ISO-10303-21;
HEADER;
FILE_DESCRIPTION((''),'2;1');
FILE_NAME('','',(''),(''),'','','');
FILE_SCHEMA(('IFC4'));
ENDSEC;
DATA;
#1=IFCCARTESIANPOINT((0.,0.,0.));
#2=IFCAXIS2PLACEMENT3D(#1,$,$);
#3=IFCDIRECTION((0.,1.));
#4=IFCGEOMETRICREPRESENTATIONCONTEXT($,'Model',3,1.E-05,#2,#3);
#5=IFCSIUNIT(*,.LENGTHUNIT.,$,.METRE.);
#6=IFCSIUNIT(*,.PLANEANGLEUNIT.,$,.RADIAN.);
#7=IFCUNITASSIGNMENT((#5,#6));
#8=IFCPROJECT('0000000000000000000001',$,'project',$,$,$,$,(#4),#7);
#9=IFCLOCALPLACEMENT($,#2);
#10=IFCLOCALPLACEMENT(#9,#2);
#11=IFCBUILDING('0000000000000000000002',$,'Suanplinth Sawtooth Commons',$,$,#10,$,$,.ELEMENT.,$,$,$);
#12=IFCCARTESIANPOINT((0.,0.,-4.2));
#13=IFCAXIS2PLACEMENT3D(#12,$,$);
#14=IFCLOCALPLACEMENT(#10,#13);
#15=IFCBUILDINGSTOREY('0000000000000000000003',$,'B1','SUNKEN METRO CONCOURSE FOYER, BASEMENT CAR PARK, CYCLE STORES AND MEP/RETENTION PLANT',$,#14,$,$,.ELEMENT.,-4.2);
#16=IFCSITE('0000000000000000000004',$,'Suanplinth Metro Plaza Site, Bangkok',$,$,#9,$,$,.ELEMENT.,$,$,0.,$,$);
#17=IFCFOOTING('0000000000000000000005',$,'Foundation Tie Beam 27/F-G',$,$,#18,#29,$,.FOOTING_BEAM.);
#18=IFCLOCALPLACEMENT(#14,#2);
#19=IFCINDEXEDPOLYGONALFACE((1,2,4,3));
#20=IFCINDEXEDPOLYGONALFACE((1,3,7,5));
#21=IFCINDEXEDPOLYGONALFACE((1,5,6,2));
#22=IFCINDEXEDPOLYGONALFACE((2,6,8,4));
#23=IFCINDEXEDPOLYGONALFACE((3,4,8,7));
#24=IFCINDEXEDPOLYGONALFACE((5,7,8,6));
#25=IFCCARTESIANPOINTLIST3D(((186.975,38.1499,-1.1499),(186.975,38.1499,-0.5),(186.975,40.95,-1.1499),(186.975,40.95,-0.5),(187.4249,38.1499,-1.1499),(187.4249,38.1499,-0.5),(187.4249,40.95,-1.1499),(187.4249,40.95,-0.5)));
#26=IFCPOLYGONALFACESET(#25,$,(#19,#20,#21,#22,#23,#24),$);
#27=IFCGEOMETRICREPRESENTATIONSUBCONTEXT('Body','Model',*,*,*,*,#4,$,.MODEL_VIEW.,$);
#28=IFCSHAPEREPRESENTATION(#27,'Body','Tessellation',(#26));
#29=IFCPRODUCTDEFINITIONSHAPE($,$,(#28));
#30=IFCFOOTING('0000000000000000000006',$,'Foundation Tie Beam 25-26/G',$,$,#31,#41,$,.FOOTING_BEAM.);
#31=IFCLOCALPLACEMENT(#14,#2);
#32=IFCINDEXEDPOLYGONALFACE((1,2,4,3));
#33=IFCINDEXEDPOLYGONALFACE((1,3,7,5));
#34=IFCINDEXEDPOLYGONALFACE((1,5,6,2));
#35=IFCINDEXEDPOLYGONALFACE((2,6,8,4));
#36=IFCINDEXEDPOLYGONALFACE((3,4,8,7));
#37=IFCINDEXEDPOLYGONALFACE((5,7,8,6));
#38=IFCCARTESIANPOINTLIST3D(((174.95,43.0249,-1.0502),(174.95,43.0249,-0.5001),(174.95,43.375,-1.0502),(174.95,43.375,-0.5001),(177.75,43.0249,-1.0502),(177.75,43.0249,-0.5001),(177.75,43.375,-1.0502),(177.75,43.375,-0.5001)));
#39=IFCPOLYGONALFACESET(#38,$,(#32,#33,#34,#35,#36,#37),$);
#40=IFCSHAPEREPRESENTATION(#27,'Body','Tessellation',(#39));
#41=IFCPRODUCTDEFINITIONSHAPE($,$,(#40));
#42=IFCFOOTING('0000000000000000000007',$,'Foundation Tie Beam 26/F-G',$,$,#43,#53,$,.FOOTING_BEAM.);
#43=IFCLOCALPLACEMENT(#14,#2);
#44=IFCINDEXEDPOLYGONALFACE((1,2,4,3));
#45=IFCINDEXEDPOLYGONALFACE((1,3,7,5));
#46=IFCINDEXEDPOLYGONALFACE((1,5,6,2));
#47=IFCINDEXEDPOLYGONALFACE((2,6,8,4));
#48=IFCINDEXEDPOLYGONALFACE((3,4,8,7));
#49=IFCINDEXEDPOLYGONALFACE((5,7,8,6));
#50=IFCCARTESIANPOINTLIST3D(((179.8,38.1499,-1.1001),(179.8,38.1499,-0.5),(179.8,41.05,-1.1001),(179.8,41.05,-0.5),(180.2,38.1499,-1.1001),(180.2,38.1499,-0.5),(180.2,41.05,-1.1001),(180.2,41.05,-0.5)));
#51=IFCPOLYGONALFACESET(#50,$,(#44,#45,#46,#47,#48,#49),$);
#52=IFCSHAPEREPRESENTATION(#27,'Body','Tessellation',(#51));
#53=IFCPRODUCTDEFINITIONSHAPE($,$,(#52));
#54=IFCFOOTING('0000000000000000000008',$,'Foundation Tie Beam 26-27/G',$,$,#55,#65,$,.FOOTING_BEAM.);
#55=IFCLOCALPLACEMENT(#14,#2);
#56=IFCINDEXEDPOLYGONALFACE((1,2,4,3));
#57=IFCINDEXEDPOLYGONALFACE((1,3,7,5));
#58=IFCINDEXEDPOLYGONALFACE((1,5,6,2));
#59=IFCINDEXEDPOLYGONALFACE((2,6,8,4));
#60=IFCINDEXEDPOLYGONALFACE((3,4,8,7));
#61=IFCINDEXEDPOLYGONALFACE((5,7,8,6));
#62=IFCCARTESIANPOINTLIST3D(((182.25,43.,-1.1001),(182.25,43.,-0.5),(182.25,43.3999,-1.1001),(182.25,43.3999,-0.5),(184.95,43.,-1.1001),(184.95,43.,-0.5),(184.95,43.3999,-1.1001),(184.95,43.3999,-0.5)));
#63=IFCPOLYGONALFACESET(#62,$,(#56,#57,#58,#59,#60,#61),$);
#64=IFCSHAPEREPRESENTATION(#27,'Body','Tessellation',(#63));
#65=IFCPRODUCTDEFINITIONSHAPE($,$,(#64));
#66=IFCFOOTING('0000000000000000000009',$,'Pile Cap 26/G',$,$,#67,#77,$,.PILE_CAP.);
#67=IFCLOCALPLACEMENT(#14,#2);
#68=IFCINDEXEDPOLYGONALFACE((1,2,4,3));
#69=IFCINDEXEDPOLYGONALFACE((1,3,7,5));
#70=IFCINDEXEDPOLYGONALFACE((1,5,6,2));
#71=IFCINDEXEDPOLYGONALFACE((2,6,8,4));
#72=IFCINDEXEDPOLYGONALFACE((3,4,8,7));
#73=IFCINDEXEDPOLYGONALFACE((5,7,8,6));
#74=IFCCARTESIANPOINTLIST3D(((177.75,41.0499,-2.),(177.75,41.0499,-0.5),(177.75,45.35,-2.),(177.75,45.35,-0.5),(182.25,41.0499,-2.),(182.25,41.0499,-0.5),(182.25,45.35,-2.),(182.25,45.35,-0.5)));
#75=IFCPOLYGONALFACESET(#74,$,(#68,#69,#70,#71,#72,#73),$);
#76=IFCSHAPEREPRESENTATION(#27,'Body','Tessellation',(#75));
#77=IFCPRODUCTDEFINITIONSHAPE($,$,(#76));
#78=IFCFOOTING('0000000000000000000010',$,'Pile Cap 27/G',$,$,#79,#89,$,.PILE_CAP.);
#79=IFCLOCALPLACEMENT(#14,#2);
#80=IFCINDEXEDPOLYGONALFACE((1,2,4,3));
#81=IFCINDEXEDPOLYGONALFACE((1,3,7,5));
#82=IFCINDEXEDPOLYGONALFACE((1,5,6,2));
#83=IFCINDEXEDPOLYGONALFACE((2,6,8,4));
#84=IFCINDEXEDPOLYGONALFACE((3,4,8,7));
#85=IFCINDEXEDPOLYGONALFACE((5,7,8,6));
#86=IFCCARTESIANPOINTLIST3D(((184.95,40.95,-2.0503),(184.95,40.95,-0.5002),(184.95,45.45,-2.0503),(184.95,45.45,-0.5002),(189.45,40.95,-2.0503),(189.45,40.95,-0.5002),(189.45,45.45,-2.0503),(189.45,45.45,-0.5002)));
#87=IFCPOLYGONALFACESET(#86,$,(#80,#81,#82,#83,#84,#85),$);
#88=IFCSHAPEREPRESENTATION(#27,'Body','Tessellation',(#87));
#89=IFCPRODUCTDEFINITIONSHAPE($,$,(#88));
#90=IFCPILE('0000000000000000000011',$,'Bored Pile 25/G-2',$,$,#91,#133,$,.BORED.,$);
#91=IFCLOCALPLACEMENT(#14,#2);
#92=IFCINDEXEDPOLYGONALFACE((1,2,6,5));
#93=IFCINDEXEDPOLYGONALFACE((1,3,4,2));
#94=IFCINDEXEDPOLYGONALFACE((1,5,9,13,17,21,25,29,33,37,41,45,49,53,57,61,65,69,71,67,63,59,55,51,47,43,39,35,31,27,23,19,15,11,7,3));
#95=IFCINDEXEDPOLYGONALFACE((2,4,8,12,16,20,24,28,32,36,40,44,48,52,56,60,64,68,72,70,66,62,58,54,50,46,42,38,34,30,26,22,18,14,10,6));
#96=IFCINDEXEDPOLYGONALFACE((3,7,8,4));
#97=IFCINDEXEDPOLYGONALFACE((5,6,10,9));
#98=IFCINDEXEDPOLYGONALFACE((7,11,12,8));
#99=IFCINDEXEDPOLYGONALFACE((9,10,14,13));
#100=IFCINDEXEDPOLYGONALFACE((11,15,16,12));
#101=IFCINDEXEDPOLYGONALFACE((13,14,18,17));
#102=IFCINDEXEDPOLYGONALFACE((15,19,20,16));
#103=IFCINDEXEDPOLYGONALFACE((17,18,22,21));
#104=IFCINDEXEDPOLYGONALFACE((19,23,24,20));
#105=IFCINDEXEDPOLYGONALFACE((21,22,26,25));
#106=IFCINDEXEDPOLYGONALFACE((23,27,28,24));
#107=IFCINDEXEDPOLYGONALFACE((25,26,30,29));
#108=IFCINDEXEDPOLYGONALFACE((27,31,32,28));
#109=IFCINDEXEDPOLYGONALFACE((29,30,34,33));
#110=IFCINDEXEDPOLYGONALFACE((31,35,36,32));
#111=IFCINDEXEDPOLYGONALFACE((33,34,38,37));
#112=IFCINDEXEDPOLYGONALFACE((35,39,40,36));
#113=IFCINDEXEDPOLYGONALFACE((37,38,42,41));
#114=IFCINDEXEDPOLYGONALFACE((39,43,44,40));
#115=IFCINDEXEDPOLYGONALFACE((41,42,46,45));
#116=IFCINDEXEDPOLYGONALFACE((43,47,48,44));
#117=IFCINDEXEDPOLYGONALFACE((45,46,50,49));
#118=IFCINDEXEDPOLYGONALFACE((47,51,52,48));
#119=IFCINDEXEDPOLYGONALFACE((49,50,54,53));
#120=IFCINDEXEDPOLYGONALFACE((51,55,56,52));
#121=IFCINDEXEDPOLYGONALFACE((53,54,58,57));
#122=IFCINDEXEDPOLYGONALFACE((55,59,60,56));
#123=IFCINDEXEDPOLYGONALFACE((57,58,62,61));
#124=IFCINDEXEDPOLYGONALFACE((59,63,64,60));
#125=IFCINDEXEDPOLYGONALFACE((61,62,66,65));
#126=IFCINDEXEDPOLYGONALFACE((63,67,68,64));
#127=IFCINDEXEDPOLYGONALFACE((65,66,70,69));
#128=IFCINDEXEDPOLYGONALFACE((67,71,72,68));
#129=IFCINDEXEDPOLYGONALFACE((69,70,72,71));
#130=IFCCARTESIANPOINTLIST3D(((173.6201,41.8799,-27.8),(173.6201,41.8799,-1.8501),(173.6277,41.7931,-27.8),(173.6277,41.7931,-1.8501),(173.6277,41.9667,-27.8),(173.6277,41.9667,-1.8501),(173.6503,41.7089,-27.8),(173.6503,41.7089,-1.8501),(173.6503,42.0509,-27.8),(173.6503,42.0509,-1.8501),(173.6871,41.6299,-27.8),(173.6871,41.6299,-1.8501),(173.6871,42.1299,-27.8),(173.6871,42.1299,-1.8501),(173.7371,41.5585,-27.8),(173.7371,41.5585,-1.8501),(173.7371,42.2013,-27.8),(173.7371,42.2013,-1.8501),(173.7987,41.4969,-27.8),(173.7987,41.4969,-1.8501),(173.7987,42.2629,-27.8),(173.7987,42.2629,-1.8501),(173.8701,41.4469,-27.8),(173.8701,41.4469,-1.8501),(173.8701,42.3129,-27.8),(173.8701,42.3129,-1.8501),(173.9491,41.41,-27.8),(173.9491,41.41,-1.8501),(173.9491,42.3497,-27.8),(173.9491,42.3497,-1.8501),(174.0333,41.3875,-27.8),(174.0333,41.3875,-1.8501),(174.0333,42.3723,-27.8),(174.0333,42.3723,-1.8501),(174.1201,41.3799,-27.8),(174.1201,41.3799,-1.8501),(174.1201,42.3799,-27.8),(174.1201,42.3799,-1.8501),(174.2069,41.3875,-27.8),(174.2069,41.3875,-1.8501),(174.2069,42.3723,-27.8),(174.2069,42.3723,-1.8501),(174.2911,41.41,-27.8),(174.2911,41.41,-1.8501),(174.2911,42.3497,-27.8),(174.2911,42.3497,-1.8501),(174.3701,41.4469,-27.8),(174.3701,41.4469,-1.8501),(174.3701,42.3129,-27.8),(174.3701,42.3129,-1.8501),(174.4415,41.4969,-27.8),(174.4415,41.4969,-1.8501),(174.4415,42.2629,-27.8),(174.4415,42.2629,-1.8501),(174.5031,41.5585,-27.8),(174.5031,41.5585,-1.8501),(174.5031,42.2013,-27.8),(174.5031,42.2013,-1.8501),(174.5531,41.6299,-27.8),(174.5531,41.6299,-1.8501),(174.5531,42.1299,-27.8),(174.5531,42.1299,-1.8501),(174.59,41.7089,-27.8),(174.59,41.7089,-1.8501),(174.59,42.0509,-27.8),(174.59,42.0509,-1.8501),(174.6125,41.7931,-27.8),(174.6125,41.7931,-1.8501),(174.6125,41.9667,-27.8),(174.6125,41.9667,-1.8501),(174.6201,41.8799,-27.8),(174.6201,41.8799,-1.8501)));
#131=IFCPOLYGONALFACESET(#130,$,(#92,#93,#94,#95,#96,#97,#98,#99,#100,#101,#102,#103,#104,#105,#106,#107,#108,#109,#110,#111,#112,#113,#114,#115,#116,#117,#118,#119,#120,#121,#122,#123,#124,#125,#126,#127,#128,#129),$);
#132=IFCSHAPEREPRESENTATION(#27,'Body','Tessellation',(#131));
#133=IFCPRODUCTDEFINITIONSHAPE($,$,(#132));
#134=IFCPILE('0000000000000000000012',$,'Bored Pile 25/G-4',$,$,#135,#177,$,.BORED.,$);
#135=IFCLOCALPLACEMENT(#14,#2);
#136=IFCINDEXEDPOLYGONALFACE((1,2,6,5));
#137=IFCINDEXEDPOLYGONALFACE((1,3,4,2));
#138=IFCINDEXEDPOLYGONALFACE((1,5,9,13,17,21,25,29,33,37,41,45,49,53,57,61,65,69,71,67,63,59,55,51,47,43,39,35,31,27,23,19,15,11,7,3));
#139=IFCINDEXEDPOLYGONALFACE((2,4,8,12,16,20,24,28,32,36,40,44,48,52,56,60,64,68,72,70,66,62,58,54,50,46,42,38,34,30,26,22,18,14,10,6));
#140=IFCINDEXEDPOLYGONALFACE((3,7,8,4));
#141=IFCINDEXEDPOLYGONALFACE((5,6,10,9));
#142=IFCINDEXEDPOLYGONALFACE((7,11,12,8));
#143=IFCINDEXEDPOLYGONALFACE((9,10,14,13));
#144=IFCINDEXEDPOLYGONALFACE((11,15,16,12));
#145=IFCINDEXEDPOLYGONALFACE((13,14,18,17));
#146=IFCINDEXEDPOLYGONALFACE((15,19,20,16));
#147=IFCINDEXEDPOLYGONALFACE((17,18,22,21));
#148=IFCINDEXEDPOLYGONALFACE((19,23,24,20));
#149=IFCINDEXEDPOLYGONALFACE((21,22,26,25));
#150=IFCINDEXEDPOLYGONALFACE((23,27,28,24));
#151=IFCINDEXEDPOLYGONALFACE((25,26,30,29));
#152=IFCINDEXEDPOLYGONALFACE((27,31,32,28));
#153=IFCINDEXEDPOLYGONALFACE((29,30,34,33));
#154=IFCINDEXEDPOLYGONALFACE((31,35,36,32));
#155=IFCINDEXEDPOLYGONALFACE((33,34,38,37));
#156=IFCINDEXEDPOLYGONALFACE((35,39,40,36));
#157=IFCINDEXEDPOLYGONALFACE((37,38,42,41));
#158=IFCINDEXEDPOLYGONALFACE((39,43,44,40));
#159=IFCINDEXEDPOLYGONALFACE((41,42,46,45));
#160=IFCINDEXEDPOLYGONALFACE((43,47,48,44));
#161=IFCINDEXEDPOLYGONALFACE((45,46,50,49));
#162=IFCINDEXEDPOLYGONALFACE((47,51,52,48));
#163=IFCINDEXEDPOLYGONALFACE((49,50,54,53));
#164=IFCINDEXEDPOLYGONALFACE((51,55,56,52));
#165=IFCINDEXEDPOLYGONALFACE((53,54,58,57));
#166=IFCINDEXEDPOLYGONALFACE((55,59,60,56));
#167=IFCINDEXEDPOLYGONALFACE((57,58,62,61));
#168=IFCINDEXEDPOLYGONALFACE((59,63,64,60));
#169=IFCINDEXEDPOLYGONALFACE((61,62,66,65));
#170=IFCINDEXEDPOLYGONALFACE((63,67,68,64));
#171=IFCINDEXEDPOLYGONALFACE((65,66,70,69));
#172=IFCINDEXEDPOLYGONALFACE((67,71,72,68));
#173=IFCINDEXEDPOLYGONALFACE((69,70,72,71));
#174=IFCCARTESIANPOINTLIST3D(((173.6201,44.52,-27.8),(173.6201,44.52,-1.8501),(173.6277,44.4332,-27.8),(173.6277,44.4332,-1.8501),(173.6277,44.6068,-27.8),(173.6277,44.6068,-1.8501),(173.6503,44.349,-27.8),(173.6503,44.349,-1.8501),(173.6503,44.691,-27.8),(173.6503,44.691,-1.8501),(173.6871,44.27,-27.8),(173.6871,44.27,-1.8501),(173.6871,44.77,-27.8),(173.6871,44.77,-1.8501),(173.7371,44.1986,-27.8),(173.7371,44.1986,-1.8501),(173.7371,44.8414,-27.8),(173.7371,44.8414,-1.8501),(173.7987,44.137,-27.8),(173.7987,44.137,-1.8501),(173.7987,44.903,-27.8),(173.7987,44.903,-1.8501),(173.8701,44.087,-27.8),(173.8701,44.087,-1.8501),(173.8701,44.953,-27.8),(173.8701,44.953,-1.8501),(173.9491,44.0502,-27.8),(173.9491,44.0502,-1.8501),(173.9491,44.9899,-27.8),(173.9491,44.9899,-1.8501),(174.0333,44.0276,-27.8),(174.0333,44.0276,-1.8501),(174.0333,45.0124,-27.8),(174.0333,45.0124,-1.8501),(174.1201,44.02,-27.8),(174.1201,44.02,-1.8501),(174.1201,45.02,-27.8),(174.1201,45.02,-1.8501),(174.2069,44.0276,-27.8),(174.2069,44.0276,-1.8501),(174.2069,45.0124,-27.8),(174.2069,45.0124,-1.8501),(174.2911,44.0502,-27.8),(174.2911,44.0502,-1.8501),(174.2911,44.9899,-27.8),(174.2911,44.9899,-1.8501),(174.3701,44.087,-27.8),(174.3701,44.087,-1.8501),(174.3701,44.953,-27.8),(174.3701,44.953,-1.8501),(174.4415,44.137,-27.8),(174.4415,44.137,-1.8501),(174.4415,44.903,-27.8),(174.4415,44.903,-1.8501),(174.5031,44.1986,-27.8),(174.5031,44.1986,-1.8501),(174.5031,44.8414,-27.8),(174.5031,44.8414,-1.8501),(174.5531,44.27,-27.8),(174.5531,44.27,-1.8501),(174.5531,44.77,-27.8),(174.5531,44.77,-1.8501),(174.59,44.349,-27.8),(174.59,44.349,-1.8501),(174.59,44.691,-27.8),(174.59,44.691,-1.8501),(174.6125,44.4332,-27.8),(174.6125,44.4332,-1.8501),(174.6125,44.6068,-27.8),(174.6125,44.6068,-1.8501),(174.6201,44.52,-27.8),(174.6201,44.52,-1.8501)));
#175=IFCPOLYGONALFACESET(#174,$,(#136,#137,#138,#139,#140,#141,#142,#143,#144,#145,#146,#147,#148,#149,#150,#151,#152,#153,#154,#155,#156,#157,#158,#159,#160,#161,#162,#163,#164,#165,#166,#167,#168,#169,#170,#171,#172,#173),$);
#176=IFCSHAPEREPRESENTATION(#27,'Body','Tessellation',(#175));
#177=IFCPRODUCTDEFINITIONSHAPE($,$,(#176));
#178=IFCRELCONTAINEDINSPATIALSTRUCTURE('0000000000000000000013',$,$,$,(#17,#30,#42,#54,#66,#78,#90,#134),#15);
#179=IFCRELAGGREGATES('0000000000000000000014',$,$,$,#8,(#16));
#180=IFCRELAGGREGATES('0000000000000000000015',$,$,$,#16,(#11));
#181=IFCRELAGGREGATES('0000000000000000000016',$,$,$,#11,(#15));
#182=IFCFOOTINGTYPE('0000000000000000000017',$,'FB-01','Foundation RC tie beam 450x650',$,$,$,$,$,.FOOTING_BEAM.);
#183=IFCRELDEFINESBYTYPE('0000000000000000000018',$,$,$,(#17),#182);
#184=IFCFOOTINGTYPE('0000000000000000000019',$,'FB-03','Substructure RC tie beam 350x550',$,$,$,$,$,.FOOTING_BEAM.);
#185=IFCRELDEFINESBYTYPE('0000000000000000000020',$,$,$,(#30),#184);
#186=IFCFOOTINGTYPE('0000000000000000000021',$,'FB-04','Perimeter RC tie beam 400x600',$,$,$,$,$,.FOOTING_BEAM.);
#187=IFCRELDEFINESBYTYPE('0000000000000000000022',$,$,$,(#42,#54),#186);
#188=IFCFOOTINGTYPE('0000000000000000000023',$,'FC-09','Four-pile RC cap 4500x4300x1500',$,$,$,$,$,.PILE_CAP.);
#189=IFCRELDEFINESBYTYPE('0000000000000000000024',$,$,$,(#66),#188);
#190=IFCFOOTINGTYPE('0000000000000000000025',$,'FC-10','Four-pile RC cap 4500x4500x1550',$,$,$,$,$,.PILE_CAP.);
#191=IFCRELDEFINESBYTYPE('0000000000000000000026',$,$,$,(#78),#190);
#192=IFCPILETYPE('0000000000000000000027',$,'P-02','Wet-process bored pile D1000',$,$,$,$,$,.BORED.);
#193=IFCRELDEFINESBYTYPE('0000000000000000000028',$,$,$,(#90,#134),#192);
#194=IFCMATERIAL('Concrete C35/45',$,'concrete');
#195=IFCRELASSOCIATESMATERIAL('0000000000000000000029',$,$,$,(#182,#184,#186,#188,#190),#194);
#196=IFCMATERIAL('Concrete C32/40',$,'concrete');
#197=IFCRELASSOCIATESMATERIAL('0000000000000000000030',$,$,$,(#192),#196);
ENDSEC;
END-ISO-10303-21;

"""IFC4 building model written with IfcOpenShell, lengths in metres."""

from ifc_helpers import new_model, si_unit, direction, frame, origin, origin_2d, place, context, subcontext, project, spatial, rectangle, circle, extrude, material, material_profile, profile_set, type_object, element, save


model = new_model("IFC4")

# Units and contexts
model_context = context("Model", 3, precision=1e-05, world=origin(), true_north=direction((0.0, 1.0)))
body_context = subcontext(model_context, "Body", "Model", "MODEL_VIEW")
ifc_project = project(units=[si_unit("LENGTHUNIT", "METRE"), si_unit("PLANEANGLEUNIT", "RADIAN")], contexts=[model_context])

# Site, building, storey
site_placement = place(None, origin())
site = spatial("IfcSite", under=ifc_project, at=site_placement, Name="Suanplinth Metro Plaza Site, Bangkok", CompositionType="ELEMENT", RefElevation=0.0)
building_placement = place(site_placement, origin())
building = spatial("IfcBuilding", under=site, at=building_placement, Name="Suanplinth Sawtooth Commons", CompositionType="ELEMENT")
storey_placement = place(building_placement, frame((0.0, 0.0, -4.2)))
storey = spatial("IfcBuildingStorey", under=building, at=storey_placement, Name="B1", Description="SUNKEN METRO CONCOURSE FOYER, BASEMENT CAR PARK, CYCLE STORES AND MEP/RETENTION PLANT", CompositionType="ELEMENT", Elevation=-4.2)

# Footings
ifc_material_1 = material(Name="Concrete C35/45", Category="concrete")
ifc_material_profile_1 = material_profile(ifc_material_1, rectangle(XDim=0.45, YDim=0.6499, at=origin_2d()), Name="PC-GDR 450x650")
ifc_profile_set_1 = profile_set([ifc_material_profile_1], Name="Concrete C35/45")
footing_type_1 = type_object("IfcFootingType", Name="FB-01", Description="Foundation RC tie beam 450x650", PredefinedType="FOOTING_BEAM", material=ifc_profile_set_1)
footing_1_placement = place(storey_placement, frame((187.2, 38.1499, -0.825), z_axis=(0.0, 1.0, 0.0), x_axis=(-1.0, 0.0, 0.0)))
element("IfcFooting", 1, at=footing_1_placement, inside=storey, type_object=footing_type_1, Name="Foundation Tie Beam 27/F-G", PredefinedType="FOOTING_BEAM", context=body_context, shape_type="SweptSolid", body=[
    extrude(rectangle(XDim=0.45, YDim=0.6499, at=origin_2d()), origin(), (0.0, 0.0, 1.0), 2.8),
])
ifc_material_profile_2 = material_profile(ifc_material_1, rectangle(XDim=0.3501, YDim=0.55, at=origin_2d()), Name="PC-BM 350x550")
ifc_profile_set_2 = profile_set([ifc_material_profile_2], Name="Concrete C35/45")
footing_type_2 = type_object("IfcFootingType", Name="FB-03", Description="Substructure RC tie beam 350x550", PredefinedType="FOOTING_BEAM", material=ifc_profile_set_2)
footing_2_placement = place(storey_placement, frame((174.95, 43.2, -0.7751), z_axis=(1.0, 0.0, 0.0), x_axis=(0.0, 1.0, 0.0)))
element("IfcFooting", 2, at=footing_2_placement, inside=storey, type_object=footing_type_2, Name="Foundation Tie Beam 25-26/G", PredefinedType="FOOTING_BEAM", context=body_context, shape_type="SweptSolid", body=[
    extrude(rectangle(XDim=0.3501, YDim=0.55, at=origin_2d()), origin(), (0.0, 0.0, 1.0), 2.8),
])
ifc_material_profile_3 = material_profile(ifc_material_1, rectangle(XDim=0.3999, YDim=0.6001, at=origin_2d()), Name="PC-GDR 400x600")
ifc_profile_set_3 = profile_set([ifc_material_profile_3], Name="Concrete C35/45")
footing_type_3 = type_object("IfcFootingType", Name="FB-04", Description="Perimeter RC tie beam 400x600", PredefinedType="FOOTING_BEAM", material=ifc_profile_set_3)
footing_3_placement = place(storey_placement, frame((180.0, 38.1499, -0.8), z_axis=(0.0, 1.0, 0.0), x_axis=(-1.0, 0.0, 0.0)))
element("IfcFooting", 3, at=footing_3_placement, inside=storey, type_object=footing_type_3, Name="Foundation Tie Beam 26/F-G", PredefinedType="FOOTING_BEAM", context=body_context, shape_type="SweptSolid", body=[
    extrude(rectangle(XDim=0.3999, YDim=0.6001, at=origin_2d()), origin(), (0.0, 0.0, 1.0), 2.9001),
])
footing_4_placement = place(storey_placement, frame((182.25, 43.2, -0.8), z_axis=(1.0, 0.0, 0.0), x_axis=(0.0, 1.0, 0.0)))
element("IfcFooting", 4, at=footing_4_placement, inside=storey, type_object=footing_type_3, Name="Foundation Tie Beam 26-27/G", PredefinedType="FOOTING_BEAM", context=body_context, shape_type="SweptSolid", body=[
    extrude(rectangle(XDim=0.3999, YDim=0.6001, at=origin_2d()), origin(), (0.0, 0.0, 1.0), 2.7),
])
footing_type_4 = type_object("IfcFootingType", Name="FC-09", Description="Four-pile RC cap 4500x4300x1500", PredefinedType="PILE_CAP", material=ifc_material_1)
footing_5_placement = place(storey_placement, frame((180.0, 43.2, -2.0), z_axis=(0.0, 0.0, 1.0), x_axis=(1.0, 0.0, 0.0)))
element("IfcFooting", 5, at=footing_5_placement, inside=storey, type_object=footing_type_4, Name="Pile Cap 26/G", PredefinedType="PILE_CAP", context=body_context, shape_type="SweptSolid", body=[
    extrude(rectangle(XDim=4.5, YDim=4.3, at=origin_2d()), origin(), (0.0, 0.0, 1.0), 1.5),
])
footing_type_5 = type_object("IfcFootingType", Name="FC-10", Description="Four-pile RC cap 4500x4500x1550", PredefinedType="PILE_CAP", material=ifc_material_1)
footing_6_placement = place(storey_placement, frame((187.2, 43.2, -2.0503), z_axis=(0.0, 0.0, 1.0), x_axis=(1.0, 0.0, 0.0)))
element("IfcFooting", 6, at=footing_6_placement, inside=storey, type_object=footing_type_5, Name="Pile Cap 27/G", PredefinedType="PILE_CAP", context=body_context, shape_type="SweptSolid", body=[
    extrude(rectangle(XDim=4.5, YDim=4.5, at=origin_2d()), origin(), (0.0, 0.0, 1.0), 1.55),
])

# Piles
ifc_material_2 = material(Name="Concrete C32/40", Category="concrete")
ifc_material_profile_4 = material_profile(ifc_material_2, circle(Radius=0.5, at=origin_2d()), Name="PILE D1000")
ifc_profile_set_4 = profile_set([ifc_material_profile_4], Name="Concrete C32/40")
pile_type = type_object("IfcPileType", Name="P-02", Description="Wet-process bored pile D1000", PredefinedType="BORED", material=ifc_profile_set_4)
for number, where, z_axis, x_axis, name in (
    (7, (174.1201, 41.8799, -1.8501), (0.0, 0.0, -1.0), (1.0, 0.0, 0.0), "Bored Pile 25/G-2"),
    (8, (174.1201, 44.52, -1.8501), (0.0, 0.0, -1.0), (1.0, 0.0, 0.0), "Bored Pile 25/G-4"),
):
    element("IfcPile", number, at=place(storey_placement, frame(where, z_axis=z_axis, x_axis=x_axis)), inside=storey, type_object=pile_type, Name=name, PredefinedType="BORED", context=body_context, shape_type="SweptSolid", body=[
        extrude(circle(Radius=0.5, at=origin_2d()), origin(), (0.0, 0.0, 1.0), 25.95),
    ])

save(model, "model.ifc")
